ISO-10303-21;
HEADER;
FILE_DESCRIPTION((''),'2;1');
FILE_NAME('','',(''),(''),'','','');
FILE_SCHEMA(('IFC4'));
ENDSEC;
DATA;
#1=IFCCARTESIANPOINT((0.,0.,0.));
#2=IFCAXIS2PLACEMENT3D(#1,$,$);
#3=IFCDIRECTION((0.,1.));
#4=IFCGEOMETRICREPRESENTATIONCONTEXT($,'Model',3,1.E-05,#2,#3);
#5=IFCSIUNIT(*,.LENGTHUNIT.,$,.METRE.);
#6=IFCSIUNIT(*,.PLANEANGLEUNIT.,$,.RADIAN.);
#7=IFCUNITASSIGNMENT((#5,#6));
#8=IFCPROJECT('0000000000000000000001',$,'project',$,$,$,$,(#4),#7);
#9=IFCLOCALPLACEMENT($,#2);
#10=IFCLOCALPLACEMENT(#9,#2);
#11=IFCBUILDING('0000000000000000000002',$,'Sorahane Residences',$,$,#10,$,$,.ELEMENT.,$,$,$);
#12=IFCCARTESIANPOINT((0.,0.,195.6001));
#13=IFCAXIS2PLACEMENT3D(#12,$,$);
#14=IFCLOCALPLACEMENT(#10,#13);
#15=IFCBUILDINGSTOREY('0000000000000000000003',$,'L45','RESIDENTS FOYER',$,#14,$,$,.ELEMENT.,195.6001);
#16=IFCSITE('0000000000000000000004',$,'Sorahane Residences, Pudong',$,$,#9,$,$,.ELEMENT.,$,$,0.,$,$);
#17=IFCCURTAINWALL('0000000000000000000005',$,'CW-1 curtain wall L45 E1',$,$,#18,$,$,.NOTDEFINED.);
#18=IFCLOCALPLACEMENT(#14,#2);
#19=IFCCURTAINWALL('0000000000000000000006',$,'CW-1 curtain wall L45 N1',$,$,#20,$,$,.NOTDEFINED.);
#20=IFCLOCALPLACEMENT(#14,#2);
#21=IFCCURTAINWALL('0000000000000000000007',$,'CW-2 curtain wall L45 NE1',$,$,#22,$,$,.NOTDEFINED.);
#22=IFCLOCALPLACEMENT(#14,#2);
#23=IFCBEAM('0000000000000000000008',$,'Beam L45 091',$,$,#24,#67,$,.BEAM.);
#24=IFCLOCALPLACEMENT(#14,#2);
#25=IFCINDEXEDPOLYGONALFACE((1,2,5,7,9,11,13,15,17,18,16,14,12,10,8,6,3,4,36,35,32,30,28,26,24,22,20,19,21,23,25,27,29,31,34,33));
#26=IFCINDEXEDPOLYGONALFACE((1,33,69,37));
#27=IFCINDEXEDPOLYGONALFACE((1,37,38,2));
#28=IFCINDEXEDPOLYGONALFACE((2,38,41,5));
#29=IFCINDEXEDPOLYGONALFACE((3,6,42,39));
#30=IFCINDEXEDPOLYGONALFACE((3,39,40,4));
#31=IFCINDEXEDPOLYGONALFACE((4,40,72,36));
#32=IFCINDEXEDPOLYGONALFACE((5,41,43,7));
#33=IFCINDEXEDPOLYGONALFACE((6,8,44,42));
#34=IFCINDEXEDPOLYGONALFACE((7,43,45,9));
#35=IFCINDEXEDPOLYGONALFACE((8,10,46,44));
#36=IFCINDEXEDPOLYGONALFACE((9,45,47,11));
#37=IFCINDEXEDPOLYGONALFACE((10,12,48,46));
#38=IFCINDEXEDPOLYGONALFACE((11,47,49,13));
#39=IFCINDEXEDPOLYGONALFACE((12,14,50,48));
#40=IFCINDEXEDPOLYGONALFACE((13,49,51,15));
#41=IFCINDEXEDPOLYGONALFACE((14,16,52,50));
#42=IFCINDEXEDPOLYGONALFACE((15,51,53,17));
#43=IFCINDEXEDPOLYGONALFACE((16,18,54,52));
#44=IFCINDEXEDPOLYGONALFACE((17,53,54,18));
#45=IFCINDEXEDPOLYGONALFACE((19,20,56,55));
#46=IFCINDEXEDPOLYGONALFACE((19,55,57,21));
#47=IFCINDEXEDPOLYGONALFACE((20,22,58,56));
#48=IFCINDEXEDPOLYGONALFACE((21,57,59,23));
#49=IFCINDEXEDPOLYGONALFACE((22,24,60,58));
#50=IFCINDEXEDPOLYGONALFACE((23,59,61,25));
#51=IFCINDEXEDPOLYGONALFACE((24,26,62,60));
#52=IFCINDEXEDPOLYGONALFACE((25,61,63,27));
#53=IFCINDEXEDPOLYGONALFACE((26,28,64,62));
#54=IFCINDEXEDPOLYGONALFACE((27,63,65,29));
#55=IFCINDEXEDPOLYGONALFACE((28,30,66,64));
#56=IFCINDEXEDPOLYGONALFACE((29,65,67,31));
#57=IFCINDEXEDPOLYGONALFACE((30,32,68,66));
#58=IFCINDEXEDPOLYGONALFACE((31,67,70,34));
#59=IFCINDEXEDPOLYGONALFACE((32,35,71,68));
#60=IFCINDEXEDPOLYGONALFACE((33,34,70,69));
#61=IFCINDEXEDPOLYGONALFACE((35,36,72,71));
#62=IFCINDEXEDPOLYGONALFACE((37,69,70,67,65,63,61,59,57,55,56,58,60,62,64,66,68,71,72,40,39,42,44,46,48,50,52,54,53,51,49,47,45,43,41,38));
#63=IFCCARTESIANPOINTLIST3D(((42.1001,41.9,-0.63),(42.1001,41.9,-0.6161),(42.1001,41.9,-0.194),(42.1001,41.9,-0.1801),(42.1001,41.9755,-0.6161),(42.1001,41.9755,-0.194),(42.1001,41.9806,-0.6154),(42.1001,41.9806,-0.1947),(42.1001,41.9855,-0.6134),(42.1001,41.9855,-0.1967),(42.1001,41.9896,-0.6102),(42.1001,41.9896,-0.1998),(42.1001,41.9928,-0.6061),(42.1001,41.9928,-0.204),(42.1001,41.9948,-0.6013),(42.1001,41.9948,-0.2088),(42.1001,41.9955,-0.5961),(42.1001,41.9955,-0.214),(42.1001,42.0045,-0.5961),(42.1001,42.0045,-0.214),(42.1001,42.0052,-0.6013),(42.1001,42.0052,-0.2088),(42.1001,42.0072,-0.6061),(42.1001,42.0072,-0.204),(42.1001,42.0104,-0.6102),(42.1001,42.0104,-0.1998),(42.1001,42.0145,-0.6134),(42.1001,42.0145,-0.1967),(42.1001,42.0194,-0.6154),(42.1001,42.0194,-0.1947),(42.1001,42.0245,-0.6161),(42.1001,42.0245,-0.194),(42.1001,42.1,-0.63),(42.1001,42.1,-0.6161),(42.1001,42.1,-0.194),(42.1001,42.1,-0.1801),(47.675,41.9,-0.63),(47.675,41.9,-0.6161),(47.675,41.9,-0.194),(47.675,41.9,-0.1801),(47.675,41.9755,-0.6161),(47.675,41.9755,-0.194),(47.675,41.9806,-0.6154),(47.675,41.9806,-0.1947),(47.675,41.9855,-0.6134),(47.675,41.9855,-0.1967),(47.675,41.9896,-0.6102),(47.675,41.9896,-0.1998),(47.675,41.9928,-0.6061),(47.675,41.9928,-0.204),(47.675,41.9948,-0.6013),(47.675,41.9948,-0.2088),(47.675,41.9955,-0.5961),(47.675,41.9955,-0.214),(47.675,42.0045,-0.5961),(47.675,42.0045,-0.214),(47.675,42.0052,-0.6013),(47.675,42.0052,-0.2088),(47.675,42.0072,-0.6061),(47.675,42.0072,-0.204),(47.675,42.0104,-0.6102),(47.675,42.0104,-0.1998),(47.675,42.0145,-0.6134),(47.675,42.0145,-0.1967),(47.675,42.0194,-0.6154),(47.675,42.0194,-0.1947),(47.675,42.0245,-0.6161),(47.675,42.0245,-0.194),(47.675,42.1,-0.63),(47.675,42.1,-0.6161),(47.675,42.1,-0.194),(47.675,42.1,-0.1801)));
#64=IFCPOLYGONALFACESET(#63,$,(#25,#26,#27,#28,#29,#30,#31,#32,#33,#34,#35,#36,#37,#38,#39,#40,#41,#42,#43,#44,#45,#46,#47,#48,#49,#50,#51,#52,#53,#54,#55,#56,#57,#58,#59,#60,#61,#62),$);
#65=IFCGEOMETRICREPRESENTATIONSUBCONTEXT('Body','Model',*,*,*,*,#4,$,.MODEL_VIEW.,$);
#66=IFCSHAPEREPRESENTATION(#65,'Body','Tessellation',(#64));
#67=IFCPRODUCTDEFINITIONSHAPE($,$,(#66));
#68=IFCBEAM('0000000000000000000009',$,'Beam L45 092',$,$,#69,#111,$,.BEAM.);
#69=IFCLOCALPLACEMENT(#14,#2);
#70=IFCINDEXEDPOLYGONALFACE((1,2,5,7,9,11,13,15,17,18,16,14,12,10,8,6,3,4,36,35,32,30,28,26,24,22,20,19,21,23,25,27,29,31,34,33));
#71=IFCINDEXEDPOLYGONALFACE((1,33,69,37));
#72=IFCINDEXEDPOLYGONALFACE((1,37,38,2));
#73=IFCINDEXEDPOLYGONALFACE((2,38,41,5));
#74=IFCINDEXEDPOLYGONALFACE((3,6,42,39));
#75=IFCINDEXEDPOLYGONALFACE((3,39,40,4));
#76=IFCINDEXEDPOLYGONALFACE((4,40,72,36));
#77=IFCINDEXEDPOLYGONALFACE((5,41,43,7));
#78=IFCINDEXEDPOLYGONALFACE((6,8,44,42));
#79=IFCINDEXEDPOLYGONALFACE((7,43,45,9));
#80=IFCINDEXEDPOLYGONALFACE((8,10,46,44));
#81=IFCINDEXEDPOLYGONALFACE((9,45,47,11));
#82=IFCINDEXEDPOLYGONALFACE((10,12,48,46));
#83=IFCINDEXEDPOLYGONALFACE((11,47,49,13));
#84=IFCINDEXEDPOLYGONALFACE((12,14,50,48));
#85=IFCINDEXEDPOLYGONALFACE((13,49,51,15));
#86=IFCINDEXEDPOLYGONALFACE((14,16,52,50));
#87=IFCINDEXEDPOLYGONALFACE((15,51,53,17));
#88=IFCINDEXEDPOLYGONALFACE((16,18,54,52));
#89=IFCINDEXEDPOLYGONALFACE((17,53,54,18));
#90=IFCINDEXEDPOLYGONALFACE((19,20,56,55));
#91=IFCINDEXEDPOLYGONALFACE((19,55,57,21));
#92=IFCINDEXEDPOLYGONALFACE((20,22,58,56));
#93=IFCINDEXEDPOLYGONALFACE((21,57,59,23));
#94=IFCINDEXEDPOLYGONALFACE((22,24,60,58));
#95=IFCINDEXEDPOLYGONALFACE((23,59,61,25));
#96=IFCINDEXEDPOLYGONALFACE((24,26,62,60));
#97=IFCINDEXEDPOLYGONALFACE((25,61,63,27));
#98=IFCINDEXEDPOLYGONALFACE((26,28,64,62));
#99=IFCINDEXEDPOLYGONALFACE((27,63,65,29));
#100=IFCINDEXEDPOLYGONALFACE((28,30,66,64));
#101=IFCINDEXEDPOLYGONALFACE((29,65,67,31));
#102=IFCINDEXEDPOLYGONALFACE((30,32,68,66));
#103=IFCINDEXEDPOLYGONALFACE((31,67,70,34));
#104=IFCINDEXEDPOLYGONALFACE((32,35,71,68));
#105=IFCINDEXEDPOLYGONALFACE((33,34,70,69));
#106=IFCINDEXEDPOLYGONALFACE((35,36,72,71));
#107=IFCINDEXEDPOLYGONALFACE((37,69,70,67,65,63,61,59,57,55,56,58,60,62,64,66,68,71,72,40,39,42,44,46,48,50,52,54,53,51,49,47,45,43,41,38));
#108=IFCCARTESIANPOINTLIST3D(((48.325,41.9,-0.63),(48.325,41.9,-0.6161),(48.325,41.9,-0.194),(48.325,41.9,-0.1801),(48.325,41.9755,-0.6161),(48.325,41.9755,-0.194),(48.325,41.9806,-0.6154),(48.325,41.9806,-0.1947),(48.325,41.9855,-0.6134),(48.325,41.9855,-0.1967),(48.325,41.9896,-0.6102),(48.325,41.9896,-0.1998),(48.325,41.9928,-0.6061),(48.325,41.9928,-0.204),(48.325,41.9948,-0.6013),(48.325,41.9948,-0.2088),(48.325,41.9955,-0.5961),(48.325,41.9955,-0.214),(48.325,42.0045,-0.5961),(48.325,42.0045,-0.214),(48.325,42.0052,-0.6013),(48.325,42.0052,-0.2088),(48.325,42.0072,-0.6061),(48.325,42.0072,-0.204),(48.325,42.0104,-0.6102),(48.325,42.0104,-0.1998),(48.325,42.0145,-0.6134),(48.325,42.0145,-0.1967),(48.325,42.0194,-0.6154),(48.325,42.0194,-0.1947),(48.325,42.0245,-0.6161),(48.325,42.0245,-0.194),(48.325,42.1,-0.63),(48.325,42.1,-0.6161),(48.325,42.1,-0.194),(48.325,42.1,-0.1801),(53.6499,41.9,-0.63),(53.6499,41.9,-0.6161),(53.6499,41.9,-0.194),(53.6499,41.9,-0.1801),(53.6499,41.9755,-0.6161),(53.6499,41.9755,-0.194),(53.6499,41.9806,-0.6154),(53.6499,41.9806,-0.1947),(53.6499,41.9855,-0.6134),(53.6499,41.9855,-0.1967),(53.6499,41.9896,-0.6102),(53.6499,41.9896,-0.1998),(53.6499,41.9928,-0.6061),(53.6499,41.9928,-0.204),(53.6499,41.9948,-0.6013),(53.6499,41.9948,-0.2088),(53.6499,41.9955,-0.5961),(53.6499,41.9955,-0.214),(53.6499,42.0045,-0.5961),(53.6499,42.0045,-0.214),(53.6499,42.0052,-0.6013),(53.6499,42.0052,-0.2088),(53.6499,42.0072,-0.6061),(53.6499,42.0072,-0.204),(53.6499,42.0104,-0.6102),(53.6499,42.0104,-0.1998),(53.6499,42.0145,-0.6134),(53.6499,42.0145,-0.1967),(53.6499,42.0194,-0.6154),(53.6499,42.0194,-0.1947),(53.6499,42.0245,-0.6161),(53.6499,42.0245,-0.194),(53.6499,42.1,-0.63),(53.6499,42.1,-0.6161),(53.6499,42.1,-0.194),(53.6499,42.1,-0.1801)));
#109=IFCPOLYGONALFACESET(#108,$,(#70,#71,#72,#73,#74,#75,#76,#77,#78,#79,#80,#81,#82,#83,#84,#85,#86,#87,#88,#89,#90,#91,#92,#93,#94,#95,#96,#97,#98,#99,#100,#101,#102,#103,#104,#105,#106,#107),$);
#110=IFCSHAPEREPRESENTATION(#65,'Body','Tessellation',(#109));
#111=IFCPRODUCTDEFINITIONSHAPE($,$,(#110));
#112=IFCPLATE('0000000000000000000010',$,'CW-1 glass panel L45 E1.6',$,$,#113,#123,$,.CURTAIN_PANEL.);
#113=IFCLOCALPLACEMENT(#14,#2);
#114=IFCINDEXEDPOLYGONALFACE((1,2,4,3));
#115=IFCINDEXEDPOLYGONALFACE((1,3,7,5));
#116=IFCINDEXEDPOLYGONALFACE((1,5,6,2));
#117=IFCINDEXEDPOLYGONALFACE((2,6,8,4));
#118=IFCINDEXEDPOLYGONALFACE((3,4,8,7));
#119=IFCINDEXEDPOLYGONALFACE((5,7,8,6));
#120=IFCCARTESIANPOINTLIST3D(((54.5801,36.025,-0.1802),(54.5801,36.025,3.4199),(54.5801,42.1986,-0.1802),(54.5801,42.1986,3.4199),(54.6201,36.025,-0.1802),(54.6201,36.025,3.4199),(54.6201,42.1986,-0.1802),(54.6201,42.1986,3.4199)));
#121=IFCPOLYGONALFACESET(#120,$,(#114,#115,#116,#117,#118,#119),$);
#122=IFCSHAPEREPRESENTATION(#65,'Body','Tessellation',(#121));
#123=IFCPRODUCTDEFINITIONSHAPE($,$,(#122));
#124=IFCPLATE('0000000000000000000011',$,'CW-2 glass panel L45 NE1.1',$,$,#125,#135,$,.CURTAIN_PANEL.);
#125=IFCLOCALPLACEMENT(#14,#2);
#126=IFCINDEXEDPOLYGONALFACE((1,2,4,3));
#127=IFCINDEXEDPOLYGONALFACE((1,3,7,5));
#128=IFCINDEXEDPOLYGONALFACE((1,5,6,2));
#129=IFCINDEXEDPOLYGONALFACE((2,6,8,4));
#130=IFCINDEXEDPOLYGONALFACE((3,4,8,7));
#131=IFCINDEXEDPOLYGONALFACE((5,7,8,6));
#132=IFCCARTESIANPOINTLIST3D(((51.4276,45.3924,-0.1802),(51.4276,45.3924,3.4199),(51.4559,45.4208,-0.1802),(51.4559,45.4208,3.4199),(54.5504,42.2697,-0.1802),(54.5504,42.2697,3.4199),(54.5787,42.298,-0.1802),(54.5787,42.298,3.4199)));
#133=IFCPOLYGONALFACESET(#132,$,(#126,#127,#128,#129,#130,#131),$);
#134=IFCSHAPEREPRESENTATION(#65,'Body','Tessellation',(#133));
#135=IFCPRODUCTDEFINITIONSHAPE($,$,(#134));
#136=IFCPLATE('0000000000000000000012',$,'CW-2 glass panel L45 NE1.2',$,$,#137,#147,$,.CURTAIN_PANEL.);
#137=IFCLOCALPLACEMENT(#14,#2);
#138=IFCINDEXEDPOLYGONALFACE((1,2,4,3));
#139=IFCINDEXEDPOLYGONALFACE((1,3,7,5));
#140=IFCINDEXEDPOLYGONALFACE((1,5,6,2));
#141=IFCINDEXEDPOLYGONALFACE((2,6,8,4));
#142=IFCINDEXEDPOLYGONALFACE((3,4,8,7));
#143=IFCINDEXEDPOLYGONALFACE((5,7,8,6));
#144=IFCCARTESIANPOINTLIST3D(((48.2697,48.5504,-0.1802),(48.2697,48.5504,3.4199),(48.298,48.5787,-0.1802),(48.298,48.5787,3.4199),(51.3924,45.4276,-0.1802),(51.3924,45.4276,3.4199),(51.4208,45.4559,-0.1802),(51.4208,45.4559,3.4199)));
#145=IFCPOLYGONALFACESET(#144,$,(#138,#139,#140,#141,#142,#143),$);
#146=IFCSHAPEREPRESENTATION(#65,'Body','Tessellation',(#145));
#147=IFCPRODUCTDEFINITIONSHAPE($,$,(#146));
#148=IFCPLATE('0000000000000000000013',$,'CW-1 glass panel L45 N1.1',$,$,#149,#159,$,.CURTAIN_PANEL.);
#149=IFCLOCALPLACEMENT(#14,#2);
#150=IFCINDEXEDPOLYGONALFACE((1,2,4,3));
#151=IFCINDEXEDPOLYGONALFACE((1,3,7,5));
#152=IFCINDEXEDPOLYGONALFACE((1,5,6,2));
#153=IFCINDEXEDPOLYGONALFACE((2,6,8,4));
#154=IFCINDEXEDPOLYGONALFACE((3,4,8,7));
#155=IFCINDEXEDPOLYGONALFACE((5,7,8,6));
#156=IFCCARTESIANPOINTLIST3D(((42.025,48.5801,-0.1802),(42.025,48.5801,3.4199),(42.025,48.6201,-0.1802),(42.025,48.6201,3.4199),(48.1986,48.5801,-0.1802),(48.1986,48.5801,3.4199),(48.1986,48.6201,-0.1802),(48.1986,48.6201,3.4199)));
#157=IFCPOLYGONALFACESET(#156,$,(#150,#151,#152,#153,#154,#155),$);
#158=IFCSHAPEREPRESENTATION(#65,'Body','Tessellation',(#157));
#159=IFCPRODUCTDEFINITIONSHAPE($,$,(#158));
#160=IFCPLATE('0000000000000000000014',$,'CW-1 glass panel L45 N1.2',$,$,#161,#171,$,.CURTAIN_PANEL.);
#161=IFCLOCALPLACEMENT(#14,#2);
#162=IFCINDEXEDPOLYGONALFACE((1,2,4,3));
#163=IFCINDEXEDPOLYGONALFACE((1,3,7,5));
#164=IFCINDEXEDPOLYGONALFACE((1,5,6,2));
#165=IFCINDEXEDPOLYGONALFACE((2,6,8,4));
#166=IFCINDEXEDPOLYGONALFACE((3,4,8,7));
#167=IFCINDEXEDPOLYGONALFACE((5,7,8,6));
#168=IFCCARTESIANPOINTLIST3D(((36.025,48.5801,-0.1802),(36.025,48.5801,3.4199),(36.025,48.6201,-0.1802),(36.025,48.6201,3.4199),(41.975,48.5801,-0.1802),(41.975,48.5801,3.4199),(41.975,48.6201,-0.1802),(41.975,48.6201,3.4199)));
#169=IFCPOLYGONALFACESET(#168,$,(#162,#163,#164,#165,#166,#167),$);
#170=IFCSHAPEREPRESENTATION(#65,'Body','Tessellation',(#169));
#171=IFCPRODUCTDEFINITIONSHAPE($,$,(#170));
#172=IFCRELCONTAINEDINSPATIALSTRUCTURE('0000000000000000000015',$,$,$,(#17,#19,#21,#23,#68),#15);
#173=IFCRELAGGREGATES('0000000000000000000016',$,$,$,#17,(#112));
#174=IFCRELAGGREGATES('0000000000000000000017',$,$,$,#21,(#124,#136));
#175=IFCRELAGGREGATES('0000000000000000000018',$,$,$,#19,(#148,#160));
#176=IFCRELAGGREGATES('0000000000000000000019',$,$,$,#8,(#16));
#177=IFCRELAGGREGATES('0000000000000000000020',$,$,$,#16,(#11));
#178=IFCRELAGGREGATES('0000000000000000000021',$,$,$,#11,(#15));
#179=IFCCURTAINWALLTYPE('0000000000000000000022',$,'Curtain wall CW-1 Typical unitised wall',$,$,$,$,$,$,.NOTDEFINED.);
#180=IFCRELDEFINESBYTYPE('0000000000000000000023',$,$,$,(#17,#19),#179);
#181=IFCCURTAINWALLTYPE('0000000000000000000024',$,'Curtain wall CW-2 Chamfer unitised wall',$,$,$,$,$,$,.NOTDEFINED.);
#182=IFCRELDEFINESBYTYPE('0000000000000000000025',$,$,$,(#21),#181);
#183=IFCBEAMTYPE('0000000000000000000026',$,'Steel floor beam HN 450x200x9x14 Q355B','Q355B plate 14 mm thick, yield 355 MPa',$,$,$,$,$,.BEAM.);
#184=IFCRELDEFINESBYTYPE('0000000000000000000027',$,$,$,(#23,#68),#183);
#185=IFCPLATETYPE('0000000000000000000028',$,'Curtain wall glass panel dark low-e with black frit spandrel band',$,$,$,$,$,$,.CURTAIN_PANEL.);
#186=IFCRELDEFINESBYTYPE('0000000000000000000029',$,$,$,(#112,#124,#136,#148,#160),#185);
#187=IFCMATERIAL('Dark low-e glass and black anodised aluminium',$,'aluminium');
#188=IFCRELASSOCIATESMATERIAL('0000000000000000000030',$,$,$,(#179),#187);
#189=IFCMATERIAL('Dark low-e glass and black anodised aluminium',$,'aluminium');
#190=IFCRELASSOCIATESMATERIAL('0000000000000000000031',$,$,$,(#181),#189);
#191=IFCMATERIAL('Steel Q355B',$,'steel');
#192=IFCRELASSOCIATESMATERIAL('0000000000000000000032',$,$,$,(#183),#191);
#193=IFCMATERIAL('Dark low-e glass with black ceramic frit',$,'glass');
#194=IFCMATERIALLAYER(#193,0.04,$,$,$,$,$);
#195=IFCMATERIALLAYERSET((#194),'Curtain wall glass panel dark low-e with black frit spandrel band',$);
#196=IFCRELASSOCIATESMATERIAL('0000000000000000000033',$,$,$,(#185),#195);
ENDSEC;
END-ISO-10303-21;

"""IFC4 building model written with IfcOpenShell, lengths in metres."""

from ifc_helpers import new_model, si_unit, direction, frame, origin, origin_2d, place, context, subcontext, project, spatial, rectangle, i_section, extrude, material, layer, layer_set, material_profile, profile_set, type_object, element, aggregate, save


model = new_model("IFC4")

# Units and contexts
model_context = context("Model", 3, precision=1e-05, world=origin(), true_north=direction((0.0, 1.0)))
body_context = subcontext(model_context, "Body", "Model", "MODEL_VIEW")
ifc_project = project(units=[si_unit("LENGTHUNIT", "METRE"), si_unit("PLANEANGLEUNIT", "RADIAN")], contexts=[model_context])

# Site, building, storey
site_placement = place(None, origin())
site = spatial("IfcSite", under=ifc_project, at=site_placement, Name="Sorahane Residences, Pudong", CompositionType="ELEMENT", RefElevation=0.0)
building_placement = place(site_placement, origin())
building = spatial("IfcBuilding", under=site, at=building_placement, Name="Sorahane Residences", CompositionType="ELEMENT")
storey_placement = place(building_placement, frame((0.0, 0.0, 195.6001)))
storey = spatial("IfcBuildingStorey", under=building, at=storey_placement, Name="L45", Description="RESIDENTS FOYER", CompositionType="ELEMENT", Elevation=195.6001)

# Curtain walls
ifc_material_1 = material(Name="Dark low-e glass and black anodised aluminium", Category="aluminium")
curtain_wall_type_1 = type_object("IfcCurtainWallType", Name="Curtain wall CW-1 Typical unitised wall", PredefinedType="NOTDEFINED", material=ifc_material_1)
curtain_wall_1_placement = place(storey_placement, origin())
curtain_wall_1 = element("IfcCurtainWall", 1, at=curtain_wall_1_placement, inside=storey, type_object=curtain_wall_type_1, Name="CW-1 curtain wall L45 E1", PredefinedType="NOTDEFINED")
curtain_wall_2_placement = place(storey_placement, origin())
curtain_wall_2 = element("IfcCurtainWall", 2, at=curtain_wall_2_placement, inside=storey, type_object=curtain_wall_type_1, Name="CW-1 curtain wall L45 N1", PredefinedType="NOTDEFINED")

# Curtain wall
ifc_material_2 = material(Name="Dark low-e glass and black anodised aluminium", Category="aluminium")
curtain_wall_type_2 = type_object("IfcCurtainWallType", Name="Curtain wall CW-2 Chamfer unitised wall", PredefinedType="NOTDEFINED", material=ifc_material_2)
curtain_wall_3_placement = place(storey_placement, origin())
curtain_wall_3 = element("IfcCurtainWall", 3, at=curtain_wall_3_placement, inside=storey, type_object=curtain_wall_type_2, Name="CW-2 curtain wall L45 NE1", PredefinedType="NOTDEFINED")

# Beams
ifc_material_3 = material(Name="Steel Q355B", Category="steel")
ifc_material_profile_1 = material_profile(ifc_material_3, i_section(OverallWidth=0.2, OverallDepth=0.45, WebThickness=0.009, FlangeThickness=0.0139, FilletRadius=0.02, at=origin_2d()), Name="HN 450x200x9x14")
ifc_profile_set_1 = profile_set([ifc_material_profile_1], Name="Steel Q355B")
beam_type_1 = type_object("IfcBeamType", Name="Steel floor beam HN 450x200x9x14 Q355B", Description="Q355B plate 14 mm thick, yield 355 MPa", PredefinedType="BEAM", material=ifc_profile_set_1)
beam_1_placement = place(storey_placement, frame((42.1001, 42.0, -0.405), z_axis=(1.0, 0.0, 0.0), x_axis=(0.0, 1.0, 0.0)))
element("IfcBeam", 4, at=beam_1_placement, inside=storey, type_object=beam_type_1, Name="Beam L45 091", PredefinedType="BEAM", context=body_context, shape_type="SweptSolid", body=[
    extrude(i_section(OverallWidth=0.2, OverallDepth=0.45, WebThickness=0.009, FlangeThickness=0.0139, FilletRadius=0.02, at=origin_2d()), origin(), (0.0, 0.0, 1.0), 5.575),
])
beam_2_placement = place(storey_placement, frame((48.325, 42.0, -0.405), z_axis=(1.0, 0.0, 0.0), x_axis=(0.0, 1.0, 0.0)))
element("IfcBeam", 5, at=beam_2_placement, inside=storey, type_object=beam_type_1, Name="Beam L45 092", PredefinedType="BEAM", context=body_context, shape_type="SweptSolid", body=[
    extrude(i_section(OverallWidth=0.2, OverallDepth=0.45, WebThickness=0.009, FlangeThickness=0.0139, FilletRadius=0.02, at=origin_2d()), origin(), (0.0, 0.0, 1.0), 5.325),
])

# Plates
ifc_material_4 = material(Name="Dark low-e glass with black ceramic frit", Category="glass")
ifc_layer_1 = layer(ifc_material_4, 0.04)
ifc_layer_set_1 = layer_set([ifc_layer_1], Name="Curtain wall glass panel dark low-e with black frit spandrel band")
plate_type = type_object("IfcPlateType", Name="Curtain wall glass panel dark low-e with black frit spandrel band", PredefinedType="CURTAIN_PANEL", material=ifc_layer_set_1)
plate_1_placement = place(storey_placement, frame((54.6001, 39.1118, -0.1802), z_axis=(0.0, 0.0, 1.0), x_axis=(0.0, 1.0, 0.0)))
plate_1 = element("IfcPlate", 6, at=plate_1_placement, type_object=plate_type, Name="CW-1 glass panel L45 E1.6", PredefinedType="CURTAIN_PANEL", context=body_context, shape_type="SweptSolid", body=[
    extrude(rectangle(XDim=6.1736, YDim=0.04, at=origin_2d()), origin(), (0.0, 0.0, 1.0), 3.6001),
])
aggregate(curtain_wall_1, [plate_1])
plate_2_placement = place(storey_placement, frame((53.0032, 43.8452, -0.1802), z_axis=(0.0, 0.0, 1.0), x_axis=(-0.707107, 0.707107, 0.0)))
plate_2 = element("IfcPlate", 7, at=plate_2_placement, type_object=plate_type, Name="CW-2 glass panel L45 NE1.1", PredefinedType="CURTAIN_PANEL", context=body_context, shape_type="SweptSolid", body=[
    extrude(rectangle(XDim=4.4163, YDim=0.04, at=origin_2d()), origin(), (0.0, 0.0, 1.0), 3.6001),
])
plate_3_placement = place(storey_placement, frame((49.8452, 47.0032, -0.1802), z_axis=(0.0, 0.0, 1.0), x_axis=(-0.707107, 0.707107, 0.0)))
plate_3 = element("IfcPlate", 8, at=plate_3_placement, type_object=plate_type, Name="CW-2 glass panel L45 NE1.2", PredefinedType="CURTAIN_PANEL", context=body_context, shape_type="SweptSolid", body=[
    extrude(rectangle(XDim=4.4163, YDim=0.04, at=origin_2d()), origin(), (0.0, 0.0, 1.0), 3.6001),
])
aggregate(curtain_wall_3, [plate_2, plate_3])
plate_4_placement = place(storey_placement, frame((45.1118, 48.6001, -0.1802), z_axis=(0.0, 0.0, 1.0), x_axis=(-1.0, 0.0, 0.0)))
plate_4 = element("IfcPlate", 9, at=plate_4_placement, type_object=plate_type, Name="CW-1 glass panel L45 N1.1", PredefinedType="CURTAIN_PANEL", context=body_context, shape_type="SweptSolid", body=[
    extrude(rectangle(XDim=6.1736, YDim=0.04, at=origin_2d()), origin(), (0.0, 0.0, 1.0), 3.6001),
])
plate_5_placement = place(storey_placement, frame((39.0, 48.6001, -0.1802), z_axis=(0.0, 0.0, 1.0), x_axis=(-1.0, 0.0, 0.0)))
plate_5 = element("IfcPlate", 10, at=plate_5_placement, type_object=plate_type, Name="CW-1 glass panel L45 N1.2", PredefinedType="CURTAIN_PANEL", context=body_context, shape_type="SweptSolid", body=[
    extrude(rectangle(XDim=5.95, YDim=0.04, at=origin_2d()), origin(), (0.0, 0.0, 1.0), 3.6001),
])
aggregate(curtain_wall_2, [plate_4, plate_5])

save(model, "model.ifc")
